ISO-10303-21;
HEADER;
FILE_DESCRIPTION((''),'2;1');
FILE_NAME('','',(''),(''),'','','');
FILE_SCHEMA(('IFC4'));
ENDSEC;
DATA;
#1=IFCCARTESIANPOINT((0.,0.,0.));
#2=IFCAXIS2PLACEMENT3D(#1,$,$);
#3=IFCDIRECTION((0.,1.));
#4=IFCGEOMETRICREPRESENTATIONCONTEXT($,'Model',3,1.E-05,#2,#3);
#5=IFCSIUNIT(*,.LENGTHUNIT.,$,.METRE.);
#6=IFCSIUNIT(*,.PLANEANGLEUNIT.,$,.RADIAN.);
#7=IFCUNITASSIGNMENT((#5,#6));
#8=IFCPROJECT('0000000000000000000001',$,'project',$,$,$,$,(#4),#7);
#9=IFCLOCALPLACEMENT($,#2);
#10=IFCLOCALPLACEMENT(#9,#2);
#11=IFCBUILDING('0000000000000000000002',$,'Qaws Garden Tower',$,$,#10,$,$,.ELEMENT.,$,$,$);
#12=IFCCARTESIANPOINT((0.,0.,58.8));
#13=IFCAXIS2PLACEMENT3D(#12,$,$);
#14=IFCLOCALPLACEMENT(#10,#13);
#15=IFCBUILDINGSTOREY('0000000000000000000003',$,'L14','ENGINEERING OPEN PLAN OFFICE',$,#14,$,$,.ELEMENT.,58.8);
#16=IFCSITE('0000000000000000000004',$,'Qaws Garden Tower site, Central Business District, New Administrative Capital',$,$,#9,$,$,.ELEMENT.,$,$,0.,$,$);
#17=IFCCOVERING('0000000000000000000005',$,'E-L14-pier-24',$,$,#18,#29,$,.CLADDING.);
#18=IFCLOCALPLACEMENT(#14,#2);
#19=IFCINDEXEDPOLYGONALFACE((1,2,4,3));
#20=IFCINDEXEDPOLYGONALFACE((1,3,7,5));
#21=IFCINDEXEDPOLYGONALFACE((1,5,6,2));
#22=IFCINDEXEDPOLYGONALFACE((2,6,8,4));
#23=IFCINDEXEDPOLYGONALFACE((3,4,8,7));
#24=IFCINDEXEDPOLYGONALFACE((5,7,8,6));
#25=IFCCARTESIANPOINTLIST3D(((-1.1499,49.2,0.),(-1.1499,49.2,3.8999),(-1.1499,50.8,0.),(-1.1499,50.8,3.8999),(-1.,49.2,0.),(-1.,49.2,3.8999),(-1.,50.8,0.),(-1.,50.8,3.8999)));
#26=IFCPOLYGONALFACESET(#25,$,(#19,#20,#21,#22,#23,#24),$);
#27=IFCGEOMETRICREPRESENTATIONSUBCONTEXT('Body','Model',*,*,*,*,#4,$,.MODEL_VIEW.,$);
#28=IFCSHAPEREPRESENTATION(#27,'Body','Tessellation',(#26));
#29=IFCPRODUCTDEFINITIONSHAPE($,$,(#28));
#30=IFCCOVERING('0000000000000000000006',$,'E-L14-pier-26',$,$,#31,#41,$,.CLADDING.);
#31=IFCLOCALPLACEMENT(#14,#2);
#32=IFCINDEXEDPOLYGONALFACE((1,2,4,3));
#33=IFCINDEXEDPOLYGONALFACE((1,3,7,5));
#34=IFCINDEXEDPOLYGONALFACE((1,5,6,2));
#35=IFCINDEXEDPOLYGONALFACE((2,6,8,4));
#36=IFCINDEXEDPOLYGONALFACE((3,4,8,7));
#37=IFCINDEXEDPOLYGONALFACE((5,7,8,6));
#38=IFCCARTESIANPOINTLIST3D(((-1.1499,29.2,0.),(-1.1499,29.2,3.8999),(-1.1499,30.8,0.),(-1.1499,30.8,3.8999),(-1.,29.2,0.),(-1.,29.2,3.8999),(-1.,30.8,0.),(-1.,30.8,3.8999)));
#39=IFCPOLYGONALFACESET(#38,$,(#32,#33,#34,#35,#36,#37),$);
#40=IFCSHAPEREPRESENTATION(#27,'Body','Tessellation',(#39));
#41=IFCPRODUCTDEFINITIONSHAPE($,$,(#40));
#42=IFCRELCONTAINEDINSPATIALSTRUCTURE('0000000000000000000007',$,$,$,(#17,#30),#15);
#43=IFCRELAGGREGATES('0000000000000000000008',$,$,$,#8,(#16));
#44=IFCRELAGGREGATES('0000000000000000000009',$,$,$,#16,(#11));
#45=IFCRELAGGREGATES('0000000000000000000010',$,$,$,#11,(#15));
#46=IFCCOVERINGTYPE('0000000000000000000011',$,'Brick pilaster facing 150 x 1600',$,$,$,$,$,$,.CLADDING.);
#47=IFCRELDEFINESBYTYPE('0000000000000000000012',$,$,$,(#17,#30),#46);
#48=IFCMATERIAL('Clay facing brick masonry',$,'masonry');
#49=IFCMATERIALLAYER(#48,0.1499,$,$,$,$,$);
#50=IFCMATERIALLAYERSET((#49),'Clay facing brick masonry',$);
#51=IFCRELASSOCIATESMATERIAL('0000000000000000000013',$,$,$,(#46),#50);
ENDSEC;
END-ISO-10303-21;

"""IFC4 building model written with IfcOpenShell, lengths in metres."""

from ifc_helpers import new_model, si_unit, direction, frame, origin, place, context, subcontext, project, spatial, polyline, outline, extrude, material, layer, layer_set, type_object, element, save


model = new_model("IFC4")

# Units and contexts
model_context = context("Model", 3, precision=1e-05, world=origin(), true_north=direction((0.0, 1.0)))
body_context = subcontext(model_context, "Body", "Model", "MODEL_VIEW")
ifc_project = project(units=[si_unit("LENGTHUNIT", "METRE"), si_unit("PLANEANGLEUNIT", "RADIAN")], contexts=[model_context])

# Site, building, storey
site_placement = place(None, origin())
site = spatial("IfcSite", under=ifc_project, at=site_placement, Name="Qaws Garden Tower site, Central Business District, New Administrative Capital", CompositionType="ELEMENT", RefElevation=0.0)
building_placement = place(site_placement, origin())
building = spatial("IfcBuilding", under=site, at=building_placement, Name="Qaws Garden Tower", CompositionType="ELEMENT")
storey_placement = place(building_placement, frame((0.0, 0.0, 58.8)))
storey = spatial("IfcBuildingStorey", under=building, at=storey_placement, Name="L14", Description="ENGINEERING OPEN PLAN OFFICE", CompositionType="ELEMENT", Elevation=58.8)

# Shared definitions
placement = place(storey_placement, origin())

# Coverings
ifc_material_1 = material(Name="Clay facing brick masonry", Category="masonry")
ifc_layer_1 = layer(ifc_material_1, 0.1499)
ifc_layer_set_1 = layer_set([ifc_layer_1], Name="Clay facing brick masonry")
covering_type = type_object("IfcCoveringType", Name="Brick pilaster facing 150 x 1600", PredefinedType="CLADDING", material=ifc_layer_set_1)
element("IfcCovering", 1, at=placement, inside=storey, type_object=covering_type, Name="E-L14-pier-24", PredefinedType="CLADDING", context=body_context, shape_type="SweptSolid", body=[
    extrude(outline(polyline([(-1.0, 50.8), (-1.0, 49.2), (-1.1499, 49.2), (-1.1499, 50.8), (-1.0, 50.8)])), origin(), (0.0, 0.0, 1.0), 3.8999),
])
element("IfcCovering", 2, at=placement, inside=storey, type_object=covering_type, Name="E-L14-pier-26", PredefinedType="CLADDING", context=body_context, shape_type="SweptSolid", body=[
    extrude(outline(polyline([(-1.0, 30.8), (-1.0, 29.2), (-1.1499, 29.2), (-1.1499, 30.8), (-1.0, 30.8)])), origin(), (0.0, 0.0, 1.0), 3.8999),
])

save(model, "model.ifc")
